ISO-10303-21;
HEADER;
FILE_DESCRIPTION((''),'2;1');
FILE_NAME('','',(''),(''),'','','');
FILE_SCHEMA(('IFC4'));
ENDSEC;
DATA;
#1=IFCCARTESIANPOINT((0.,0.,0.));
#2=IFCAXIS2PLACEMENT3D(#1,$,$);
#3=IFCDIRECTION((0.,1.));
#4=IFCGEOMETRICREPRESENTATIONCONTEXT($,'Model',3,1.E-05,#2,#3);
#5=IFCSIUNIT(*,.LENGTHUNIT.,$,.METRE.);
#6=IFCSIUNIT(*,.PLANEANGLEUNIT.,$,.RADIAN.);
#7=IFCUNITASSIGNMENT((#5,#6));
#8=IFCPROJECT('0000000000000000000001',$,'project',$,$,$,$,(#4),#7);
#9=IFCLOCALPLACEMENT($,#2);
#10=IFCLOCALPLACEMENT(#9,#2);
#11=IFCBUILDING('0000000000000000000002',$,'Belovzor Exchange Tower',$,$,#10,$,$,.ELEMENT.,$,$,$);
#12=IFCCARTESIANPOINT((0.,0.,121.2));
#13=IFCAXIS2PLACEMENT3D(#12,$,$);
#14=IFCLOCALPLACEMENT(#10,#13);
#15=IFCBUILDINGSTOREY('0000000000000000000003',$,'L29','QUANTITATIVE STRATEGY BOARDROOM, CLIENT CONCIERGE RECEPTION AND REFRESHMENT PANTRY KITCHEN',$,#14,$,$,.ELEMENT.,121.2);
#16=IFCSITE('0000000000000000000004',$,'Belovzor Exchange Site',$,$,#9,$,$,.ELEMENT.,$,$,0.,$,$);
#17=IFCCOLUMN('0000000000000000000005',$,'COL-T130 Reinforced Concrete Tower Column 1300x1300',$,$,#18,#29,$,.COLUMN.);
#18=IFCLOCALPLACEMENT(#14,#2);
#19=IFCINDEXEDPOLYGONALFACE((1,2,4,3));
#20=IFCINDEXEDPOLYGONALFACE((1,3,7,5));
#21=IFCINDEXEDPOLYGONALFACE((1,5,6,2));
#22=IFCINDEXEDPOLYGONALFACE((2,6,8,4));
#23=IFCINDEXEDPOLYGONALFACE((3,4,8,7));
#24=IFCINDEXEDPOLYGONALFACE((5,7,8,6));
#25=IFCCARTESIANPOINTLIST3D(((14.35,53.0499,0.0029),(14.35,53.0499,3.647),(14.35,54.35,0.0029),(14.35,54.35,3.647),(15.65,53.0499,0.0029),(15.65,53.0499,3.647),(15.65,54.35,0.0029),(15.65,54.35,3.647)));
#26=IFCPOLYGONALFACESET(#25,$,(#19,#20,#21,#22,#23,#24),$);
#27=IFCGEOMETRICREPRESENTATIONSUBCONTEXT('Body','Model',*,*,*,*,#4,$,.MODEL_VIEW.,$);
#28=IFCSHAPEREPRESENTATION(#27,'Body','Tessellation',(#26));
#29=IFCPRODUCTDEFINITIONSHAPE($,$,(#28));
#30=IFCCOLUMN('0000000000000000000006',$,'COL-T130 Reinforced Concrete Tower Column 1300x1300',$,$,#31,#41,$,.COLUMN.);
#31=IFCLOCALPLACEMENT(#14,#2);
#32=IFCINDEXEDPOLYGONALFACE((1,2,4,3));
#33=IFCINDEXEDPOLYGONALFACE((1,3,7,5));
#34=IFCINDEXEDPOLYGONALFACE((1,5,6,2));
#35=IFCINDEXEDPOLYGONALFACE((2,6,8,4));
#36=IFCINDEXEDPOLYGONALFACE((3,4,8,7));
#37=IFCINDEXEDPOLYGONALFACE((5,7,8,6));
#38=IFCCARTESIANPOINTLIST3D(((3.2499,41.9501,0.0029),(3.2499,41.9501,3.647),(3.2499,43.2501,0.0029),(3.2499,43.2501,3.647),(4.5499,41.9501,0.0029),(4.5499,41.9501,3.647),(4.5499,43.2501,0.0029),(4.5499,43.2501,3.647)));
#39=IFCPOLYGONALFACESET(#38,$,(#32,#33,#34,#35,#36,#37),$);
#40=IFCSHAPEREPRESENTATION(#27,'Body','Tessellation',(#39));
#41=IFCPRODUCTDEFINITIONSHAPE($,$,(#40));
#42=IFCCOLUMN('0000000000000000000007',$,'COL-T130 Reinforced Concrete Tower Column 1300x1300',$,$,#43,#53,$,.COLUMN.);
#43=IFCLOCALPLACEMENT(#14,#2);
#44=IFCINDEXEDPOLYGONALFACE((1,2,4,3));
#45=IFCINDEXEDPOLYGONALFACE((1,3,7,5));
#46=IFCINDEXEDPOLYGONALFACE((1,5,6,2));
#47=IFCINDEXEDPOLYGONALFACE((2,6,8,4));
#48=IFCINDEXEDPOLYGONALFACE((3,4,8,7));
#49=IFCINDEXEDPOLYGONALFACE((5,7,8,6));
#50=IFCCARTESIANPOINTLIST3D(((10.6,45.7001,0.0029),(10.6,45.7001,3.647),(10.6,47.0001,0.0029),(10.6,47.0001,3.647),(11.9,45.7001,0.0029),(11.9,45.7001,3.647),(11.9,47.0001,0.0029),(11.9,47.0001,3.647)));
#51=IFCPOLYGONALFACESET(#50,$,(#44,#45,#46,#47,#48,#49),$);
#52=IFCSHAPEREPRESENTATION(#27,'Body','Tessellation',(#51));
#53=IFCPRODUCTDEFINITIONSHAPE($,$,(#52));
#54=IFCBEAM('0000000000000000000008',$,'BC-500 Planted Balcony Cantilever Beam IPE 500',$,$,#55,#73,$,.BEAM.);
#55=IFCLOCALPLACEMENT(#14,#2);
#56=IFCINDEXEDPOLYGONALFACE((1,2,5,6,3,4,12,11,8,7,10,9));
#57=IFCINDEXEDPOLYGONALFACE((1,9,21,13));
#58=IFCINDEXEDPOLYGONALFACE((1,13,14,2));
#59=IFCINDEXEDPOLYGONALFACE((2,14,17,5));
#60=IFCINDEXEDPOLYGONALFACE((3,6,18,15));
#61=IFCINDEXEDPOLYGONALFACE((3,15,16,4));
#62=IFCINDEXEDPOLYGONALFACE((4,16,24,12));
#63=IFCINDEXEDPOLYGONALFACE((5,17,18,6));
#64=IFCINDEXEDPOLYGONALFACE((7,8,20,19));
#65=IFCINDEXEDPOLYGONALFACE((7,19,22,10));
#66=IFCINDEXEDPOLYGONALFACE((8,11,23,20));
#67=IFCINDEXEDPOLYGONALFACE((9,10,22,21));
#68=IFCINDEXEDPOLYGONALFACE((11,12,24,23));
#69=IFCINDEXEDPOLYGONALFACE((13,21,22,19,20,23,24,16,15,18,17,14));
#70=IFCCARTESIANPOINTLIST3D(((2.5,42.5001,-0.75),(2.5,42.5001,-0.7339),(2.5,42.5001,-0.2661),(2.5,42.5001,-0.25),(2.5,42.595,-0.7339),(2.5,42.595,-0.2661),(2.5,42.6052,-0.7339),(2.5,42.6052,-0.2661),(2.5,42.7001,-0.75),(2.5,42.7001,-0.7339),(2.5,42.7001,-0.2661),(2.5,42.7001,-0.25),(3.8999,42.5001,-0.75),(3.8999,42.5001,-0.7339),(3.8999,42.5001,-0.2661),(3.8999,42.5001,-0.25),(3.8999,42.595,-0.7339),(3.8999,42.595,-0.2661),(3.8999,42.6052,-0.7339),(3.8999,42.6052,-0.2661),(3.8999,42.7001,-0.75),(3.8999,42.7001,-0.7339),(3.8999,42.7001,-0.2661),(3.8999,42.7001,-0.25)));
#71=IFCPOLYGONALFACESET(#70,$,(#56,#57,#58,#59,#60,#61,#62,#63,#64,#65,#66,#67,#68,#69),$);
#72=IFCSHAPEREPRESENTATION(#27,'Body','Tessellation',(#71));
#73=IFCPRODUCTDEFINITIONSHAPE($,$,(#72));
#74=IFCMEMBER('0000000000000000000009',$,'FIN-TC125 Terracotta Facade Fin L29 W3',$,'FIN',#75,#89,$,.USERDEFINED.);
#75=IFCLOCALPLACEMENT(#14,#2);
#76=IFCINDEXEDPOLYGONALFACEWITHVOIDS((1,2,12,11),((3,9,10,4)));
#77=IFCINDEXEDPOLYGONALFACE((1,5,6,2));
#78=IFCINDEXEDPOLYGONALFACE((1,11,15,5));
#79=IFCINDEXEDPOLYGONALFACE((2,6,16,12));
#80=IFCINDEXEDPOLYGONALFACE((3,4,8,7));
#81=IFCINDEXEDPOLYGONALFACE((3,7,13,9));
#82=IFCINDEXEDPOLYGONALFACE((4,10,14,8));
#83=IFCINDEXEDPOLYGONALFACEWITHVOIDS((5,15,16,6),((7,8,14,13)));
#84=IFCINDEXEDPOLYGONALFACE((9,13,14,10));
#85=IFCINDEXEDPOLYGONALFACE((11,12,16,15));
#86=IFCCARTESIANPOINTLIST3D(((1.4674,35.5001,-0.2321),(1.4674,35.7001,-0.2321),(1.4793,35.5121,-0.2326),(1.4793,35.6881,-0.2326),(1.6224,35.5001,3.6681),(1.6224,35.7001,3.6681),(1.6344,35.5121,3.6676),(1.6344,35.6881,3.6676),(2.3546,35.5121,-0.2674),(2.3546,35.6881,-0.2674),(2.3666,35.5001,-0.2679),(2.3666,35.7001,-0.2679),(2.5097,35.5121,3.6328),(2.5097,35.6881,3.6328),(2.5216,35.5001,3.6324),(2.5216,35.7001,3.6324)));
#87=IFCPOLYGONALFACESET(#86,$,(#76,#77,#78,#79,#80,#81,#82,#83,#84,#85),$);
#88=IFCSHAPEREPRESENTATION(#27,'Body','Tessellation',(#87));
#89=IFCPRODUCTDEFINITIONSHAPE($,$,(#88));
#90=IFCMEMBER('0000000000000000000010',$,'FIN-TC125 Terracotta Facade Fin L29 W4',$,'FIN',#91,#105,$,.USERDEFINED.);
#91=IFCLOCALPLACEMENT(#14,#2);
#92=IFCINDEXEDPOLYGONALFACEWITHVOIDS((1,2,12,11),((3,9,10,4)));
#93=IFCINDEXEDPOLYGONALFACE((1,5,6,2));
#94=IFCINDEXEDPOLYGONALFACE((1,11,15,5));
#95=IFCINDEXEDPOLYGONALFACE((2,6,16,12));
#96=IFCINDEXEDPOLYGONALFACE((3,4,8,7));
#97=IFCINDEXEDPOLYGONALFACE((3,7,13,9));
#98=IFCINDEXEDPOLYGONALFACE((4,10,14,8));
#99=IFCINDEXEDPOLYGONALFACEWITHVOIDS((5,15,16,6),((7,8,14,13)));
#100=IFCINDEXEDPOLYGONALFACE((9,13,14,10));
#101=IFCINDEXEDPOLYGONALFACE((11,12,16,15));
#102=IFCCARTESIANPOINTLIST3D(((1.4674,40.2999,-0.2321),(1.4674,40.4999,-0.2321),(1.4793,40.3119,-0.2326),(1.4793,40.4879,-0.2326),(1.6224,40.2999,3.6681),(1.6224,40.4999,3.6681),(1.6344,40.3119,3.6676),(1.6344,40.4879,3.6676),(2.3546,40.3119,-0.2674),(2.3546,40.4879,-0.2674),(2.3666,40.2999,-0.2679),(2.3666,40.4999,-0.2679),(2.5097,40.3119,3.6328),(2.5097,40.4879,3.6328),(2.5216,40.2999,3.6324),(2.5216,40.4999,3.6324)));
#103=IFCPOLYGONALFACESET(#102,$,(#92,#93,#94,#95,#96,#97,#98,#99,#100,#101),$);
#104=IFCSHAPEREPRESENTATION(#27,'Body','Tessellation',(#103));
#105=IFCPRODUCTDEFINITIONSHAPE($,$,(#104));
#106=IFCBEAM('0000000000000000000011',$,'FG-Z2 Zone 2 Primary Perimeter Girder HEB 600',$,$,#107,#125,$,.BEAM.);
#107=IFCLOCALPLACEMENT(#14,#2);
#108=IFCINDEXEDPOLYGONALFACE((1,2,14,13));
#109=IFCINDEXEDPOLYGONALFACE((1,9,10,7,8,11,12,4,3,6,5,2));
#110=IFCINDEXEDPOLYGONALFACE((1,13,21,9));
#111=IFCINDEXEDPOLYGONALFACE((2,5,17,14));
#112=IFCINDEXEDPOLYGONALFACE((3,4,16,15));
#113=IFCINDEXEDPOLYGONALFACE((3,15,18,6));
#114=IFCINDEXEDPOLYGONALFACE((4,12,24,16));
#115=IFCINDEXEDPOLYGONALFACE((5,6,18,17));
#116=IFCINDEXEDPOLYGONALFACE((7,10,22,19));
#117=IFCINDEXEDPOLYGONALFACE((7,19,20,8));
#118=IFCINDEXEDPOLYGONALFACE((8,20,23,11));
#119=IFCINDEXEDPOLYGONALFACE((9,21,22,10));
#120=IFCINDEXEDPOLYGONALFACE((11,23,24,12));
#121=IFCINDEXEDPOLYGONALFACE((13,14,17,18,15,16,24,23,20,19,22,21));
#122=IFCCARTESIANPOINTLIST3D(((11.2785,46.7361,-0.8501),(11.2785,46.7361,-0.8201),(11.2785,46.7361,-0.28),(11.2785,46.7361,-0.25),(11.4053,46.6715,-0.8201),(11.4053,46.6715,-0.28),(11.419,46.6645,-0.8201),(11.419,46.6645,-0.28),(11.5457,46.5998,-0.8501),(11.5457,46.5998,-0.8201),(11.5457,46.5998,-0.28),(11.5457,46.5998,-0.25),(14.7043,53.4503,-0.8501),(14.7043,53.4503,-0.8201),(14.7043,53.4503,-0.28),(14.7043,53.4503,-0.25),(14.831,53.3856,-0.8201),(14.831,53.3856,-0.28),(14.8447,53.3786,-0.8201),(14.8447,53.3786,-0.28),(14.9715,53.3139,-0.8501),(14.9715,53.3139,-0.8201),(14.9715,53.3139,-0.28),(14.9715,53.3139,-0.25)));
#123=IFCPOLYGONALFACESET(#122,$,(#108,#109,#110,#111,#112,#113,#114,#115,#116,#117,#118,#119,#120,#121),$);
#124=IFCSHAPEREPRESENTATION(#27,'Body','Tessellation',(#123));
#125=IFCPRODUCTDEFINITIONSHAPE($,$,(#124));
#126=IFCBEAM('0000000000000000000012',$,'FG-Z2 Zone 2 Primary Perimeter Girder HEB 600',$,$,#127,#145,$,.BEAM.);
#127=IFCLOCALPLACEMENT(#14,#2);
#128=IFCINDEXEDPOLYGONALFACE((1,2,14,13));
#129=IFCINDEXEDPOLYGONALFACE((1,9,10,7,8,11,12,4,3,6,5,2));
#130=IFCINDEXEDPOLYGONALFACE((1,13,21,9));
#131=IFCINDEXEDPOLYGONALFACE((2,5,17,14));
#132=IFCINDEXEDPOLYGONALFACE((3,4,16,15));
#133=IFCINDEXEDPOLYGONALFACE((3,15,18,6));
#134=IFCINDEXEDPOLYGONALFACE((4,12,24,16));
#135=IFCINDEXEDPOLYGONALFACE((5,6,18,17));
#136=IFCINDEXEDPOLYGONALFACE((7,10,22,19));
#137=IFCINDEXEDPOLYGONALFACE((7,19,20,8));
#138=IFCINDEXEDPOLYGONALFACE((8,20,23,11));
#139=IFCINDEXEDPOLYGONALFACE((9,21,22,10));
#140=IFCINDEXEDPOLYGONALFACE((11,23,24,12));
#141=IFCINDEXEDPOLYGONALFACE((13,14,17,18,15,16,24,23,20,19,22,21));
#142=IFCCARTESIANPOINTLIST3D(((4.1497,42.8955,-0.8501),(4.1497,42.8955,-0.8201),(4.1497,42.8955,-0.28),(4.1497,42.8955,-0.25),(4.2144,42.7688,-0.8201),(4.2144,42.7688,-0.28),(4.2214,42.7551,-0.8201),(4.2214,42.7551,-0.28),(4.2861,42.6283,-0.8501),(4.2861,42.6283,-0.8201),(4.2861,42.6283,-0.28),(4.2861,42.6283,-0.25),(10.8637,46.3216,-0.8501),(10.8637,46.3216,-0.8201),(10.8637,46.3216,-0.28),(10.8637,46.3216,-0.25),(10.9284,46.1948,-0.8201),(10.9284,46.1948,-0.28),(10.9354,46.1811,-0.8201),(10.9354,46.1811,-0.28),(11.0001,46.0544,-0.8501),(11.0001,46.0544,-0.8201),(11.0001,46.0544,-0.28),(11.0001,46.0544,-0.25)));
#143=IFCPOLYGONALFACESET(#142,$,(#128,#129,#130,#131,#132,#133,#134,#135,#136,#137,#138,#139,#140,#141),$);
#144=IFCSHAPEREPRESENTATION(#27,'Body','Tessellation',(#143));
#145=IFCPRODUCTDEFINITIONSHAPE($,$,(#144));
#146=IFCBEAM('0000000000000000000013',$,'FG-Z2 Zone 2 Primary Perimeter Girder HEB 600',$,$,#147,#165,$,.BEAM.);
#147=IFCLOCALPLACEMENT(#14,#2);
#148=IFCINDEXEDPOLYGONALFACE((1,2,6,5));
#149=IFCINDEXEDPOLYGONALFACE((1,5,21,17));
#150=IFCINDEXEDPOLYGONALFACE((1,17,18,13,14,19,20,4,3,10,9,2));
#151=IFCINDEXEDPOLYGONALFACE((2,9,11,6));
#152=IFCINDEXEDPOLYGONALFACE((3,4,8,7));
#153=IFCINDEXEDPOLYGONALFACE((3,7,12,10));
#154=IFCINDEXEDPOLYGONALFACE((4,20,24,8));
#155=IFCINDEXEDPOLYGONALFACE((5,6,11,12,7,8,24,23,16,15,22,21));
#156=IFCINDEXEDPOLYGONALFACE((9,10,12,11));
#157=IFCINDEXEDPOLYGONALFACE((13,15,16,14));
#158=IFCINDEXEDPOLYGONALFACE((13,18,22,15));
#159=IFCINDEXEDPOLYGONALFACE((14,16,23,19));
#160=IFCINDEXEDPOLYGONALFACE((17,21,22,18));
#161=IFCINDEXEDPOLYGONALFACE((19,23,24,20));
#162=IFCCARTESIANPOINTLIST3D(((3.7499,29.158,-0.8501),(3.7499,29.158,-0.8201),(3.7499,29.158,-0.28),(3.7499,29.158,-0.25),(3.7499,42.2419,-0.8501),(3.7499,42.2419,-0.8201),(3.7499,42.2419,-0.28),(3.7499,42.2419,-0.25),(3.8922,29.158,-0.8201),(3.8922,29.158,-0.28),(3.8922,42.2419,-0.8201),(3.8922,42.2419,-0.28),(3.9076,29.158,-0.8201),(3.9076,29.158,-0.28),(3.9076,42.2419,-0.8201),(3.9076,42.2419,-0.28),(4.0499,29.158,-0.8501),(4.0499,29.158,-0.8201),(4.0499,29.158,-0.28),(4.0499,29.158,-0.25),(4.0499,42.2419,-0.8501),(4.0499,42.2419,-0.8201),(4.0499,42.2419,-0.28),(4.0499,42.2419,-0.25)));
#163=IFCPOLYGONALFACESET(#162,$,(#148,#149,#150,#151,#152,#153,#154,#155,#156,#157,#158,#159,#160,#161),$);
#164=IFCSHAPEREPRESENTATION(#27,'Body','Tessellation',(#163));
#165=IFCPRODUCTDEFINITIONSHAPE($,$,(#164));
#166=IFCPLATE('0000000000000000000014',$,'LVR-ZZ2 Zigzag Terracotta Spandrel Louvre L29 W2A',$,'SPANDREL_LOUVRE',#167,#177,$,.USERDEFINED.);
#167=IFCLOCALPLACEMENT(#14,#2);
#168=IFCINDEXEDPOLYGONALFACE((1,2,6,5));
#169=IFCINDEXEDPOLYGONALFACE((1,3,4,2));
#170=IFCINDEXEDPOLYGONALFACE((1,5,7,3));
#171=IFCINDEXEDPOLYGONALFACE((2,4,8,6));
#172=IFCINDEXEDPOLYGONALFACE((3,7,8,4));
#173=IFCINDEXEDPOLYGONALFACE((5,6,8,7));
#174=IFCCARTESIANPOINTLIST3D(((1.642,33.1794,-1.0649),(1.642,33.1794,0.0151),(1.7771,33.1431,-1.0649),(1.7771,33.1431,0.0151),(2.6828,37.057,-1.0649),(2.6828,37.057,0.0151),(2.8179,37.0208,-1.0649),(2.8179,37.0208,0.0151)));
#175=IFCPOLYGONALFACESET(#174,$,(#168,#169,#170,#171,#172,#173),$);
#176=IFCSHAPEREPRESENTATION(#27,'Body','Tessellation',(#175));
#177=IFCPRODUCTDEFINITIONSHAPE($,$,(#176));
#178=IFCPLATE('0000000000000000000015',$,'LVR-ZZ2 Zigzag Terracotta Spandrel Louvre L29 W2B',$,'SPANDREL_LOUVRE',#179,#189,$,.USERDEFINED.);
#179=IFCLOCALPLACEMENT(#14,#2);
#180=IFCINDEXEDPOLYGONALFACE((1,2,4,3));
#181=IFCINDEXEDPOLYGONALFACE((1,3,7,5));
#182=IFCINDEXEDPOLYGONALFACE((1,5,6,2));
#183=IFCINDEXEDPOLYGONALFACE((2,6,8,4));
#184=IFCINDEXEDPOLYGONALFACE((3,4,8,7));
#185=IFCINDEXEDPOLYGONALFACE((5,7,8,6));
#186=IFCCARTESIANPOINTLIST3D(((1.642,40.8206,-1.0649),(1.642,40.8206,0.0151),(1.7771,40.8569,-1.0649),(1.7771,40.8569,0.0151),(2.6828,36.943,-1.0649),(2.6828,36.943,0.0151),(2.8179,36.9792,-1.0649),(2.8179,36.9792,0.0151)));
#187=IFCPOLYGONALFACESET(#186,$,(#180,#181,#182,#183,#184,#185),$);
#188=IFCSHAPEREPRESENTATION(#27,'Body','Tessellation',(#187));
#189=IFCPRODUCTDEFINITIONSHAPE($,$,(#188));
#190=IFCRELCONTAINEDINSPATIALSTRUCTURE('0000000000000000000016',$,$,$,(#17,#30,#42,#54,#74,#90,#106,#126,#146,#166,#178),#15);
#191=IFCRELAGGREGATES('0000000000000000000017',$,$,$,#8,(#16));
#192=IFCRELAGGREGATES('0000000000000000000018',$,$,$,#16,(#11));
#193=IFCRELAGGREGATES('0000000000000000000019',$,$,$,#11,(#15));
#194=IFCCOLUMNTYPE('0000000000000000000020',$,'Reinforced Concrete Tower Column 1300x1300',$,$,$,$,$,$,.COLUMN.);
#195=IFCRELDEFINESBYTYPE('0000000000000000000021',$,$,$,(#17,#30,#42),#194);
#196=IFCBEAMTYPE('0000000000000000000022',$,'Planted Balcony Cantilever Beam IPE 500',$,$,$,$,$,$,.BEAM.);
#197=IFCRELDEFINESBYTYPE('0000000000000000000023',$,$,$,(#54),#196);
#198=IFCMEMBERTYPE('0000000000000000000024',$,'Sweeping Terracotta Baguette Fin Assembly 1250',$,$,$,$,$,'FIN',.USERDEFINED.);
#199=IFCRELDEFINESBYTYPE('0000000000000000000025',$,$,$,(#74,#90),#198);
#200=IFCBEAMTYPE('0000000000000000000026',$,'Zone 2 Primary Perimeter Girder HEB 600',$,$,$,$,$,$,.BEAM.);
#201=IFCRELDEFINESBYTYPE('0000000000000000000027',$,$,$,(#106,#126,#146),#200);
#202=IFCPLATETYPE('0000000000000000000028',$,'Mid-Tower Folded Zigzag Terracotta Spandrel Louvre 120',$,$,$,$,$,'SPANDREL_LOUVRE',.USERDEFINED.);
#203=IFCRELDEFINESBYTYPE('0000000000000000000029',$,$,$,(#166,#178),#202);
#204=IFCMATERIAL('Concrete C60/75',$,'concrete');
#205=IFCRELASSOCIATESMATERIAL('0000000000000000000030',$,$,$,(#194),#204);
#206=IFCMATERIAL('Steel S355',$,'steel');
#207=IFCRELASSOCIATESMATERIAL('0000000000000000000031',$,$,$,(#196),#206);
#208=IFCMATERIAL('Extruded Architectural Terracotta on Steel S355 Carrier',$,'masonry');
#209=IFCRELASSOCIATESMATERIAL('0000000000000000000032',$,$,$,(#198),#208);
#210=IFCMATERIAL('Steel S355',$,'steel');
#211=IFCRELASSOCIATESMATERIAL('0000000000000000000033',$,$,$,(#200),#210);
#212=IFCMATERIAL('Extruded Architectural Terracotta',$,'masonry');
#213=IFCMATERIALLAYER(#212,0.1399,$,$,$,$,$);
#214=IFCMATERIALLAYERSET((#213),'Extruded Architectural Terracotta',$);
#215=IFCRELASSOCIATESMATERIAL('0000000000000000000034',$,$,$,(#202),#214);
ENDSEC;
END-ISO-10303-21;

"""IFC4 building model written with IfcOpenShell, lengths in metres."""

from ifc_helpers import new_model, si_unit, direction, frame, origin, origin_2d, place, context, subcontext, project, spatial, rectangle, hollow_rectangle, i_section, extrude, material, layer, layer_set, material_profile, profile_set, type_object, element, save


model = new_model("IFC4")

# Units and contexts
model_context = context("Model", 3, precision=1e-05, world=origin(), true_north=direction((0.0, 1.0)))
body_context = subcontext(model_context, "Body", "Model", "MODEL_VIEW")
ifc_project = project(units=[si_unit("LENGTHUNIT", "METRE"), si_unit("PLANEANGLEUNIT", "RADIAN")], contexts=[model_context])

# Site, building, storey
site_placement = place(None, origin())
site = spatial("IfcSite", under=ifc_project, at=site_placement, Name="Belovzor Exchange Site", CompositionType="ELEMENT", RefElevation=0.0)
building_placement = place(site_placement, origin())
building = spatial("IfcBuilding", under=site, at=building_placement, Name="Belovzor Exchange Tower", CompositionType="ELEMENT")
storey_placement = place(building_placement, frame((0.0, 0.0, 121.2)))
storey = spatial("IfcBuildingStorey", under=building, at=storey_placement, Name="L29", Description="QUANTITATIVE STRATEGY BOARDROOM, CLIENT CONCIERGE RECEPTION AND REFRESHMENT PANTRY KITCHEN", CompositionType="ELEMENT", Elevation=121.2)

# Columns
ifc_material_1 = material(Name="Concrete C60/75", Category="concrete")
ifc_material_profile_1 = material_profile(ifc_material_1, rectangle(XDim=1.3, YDim=1.3, at=origin_2d()))
ifc_profile_set_1 = profile_set([ifc_material_profile_1], Name="Concrete C60/75")
column_type = type_object("IfcColumnType", Name="Reinforced Concrete Tower Column 1300x1300", PredefinedType="COLUMN", material=ifc_profile_set_1)
for number, where, z_axis, x_axis, name in (
    (1, (15.0, 53.7, 0.0029), (0.0, 0.0, 1.0), (1.0, 0.0, 0.0), "COL-T130 Reinforced Concrete Tower Column 1300x1300"),
    (2, (3.8999, 42.6001, 0.0029), (0.0, 0.0, 1.0), (1.0, 0.0, 0.0), "COL-T130 Reinforced Concrete Tower Column 1300x1300"),
    (3, (11.25, 46.3501, 0.0029), (0.0, 0.0, 1.0), (1.0, 0.0, 0.0), "COL-T130 Reinforced Concrete Tower Column 1300x1300"),
):
    element("IfcColumn", number, at=place(storey_placement, frame(where, z_axis=z_axis, x_axis=x_axis)), inside=storey, type_object=column_type, Name=name, PredefinedType="COLUMN", context=body_context, shape_type="SweptSolid", body=[
        extrude(rectangle(XDim=1.3, YDim=1.3, at=origin_2d()), origin(), (0.0, 0.0, 1.0), 3.644),
    ])

# Beam
ifc_material_2 = material(Name="Steel S355", Category="steel")
ifc_material_profile_2 = material_profile(ifc_material_2, i_section(OverallWidth=0.2, OverallDepth=0.5, WebThickness=0.0103, FlangeThickness=0.0161, at=origin_2d()))
ifc_profile_set_2 = profile_set([ifc_material_profile_2], Name="Steel S355")
beam_type_1 = type_object("IfcBeamType", Name="Planted Balcony Cantilever Beam IPE 500", PredefinedType="BEAM", material=ifc_profile_set_2)
beam_1_placement = place(storey_placement, frame((3.8999, 42.6001, -0.5), z_axis=(-1.0, 0.0, 0.0), x_axis=(0.0, -1.0, 0.0)))
element("IfcBeam", 4, at=beam_1_placement, inside=storey, type_object=beam_type_1, Name="BC-500 Planted Balcony Cantilever Beam IPE 500", PredefinedType="BEAM", context=body_context, shape_type="SweptSolid", body=[
    extrude(i_section(OverallWidth=0.2, OverallDepth=0.5, WebThickness=0.0103, FlangeThickness=0.0161, at=origin_2d()), origin(), (0.0, 0.0, 1.0), 1.3999),
])

# Members
ifc_material_3 = material(Name="Extruded Architectural Terracotta on Steel S355 Carrier", Category="masonry")
ifc_material_profile_3 = material_profile(ifc_material_3, hollow_rectangle(XDim=0.2, YDim=0.8999, WallThickness=0.012, at=origin_2d()))
ifc_profile_set_3 = profile_set([ifc_material_profile_3], Name="Extruded Architectural Terracotta on Steel S355 Carrier")
member_type = type_object("IfcMemberType", Name="Sweeping Terracotta Baguette Fin Assembly 1250", ElementType="FIN", PredefinedType="USERDEFINED", material=ifc_profile_set_3)
for number, where, z_axis, x_axis, name in (
    (5, (1.917, 35.6001, -0.25), (0.039718, 0.0, 0.999211), (0.0, 1.0, 0.0), "FIN-TC125 Terracotta Facade Fin L29 W3"),
    (6, (1.917, 40.3999, -0.25), (0.039718, 0.0, 0.999211), (0.0, 1.0, 0.0), "FIN-TC125 Terracotta Facade Fin L29 W4"),
):
    element("IfcMember", number, at=place(storey_placement, frame(where, z_axis=z_axis, x_axis=x_axis)), inside=storey, type_object=member_type, Name=name, ObjectType="FIN", PredefinedType="USERDEFINED", context=body_context, shape_type="SweptSolid", body=[
        extrude(hollow_rectangle(XDim=0.2, YDim=0.8999, WallThickness=0.012, at=origin_2d()), origin(), (0.0, 0.0, 1.0), 3.9033),
    ])

# Beams
ifc_material_4 = material(Name="Steel S355", Category="steel")
ifc_material_profile_4 = material_profile(ifc_material_4, i_section(OverallWidth=0.3, OverallDepth=0.6001, WebThickness=0.0154, FlangeThickness=0.03, at=origin_2d()))
ifc_profile_set_4 = profile_set([ifc_material_profile_4], Name="Steel S355")
beam_type_2 = type_object("IfcBeamType", Name="Zone 2 Primary Perimeter Girder HEB 600", PredefinedType="BEAM", material=ifc_profile_set_4)
for number, where, z_axis, x_axis, name in (
    (7, (14.8379, 53.3821, -0.55), (-0.454493, -0.89075, 0.0), (0.89075, -0.454493, 0.0), "FG-Z2 Zone 2 Primary Perimeter Girder HEB 600"),
    (8, (10.9319, 46.188, -0.55), (-0.890731, -0.454532, 0.0), (0.454532, -0.890731, 0.0), "FG-Z2 Zone 2 Primary Perimeter Girder HEB 600"),
):
    element("IfcBeam", number, at=place(storey_placement, frame(where, z_axis=z_axis, x_axis=x_axis)), inside=storey, type_object=beam_type_2, Name=name, PredefinedType="BEAM", context=body_context, shape_type="SweptSolid", body=[
        extrude(i_section(OverallWidth=0.3, OverallDepth=0.6001, WebThickness=0.0154, FlangeThickness=0.03, at=origin_2d()), origin(), (0.0, 0.0, 1.0), 7.5376),
    ])
beam_2_placement = place(storey_placement, frame((3.8999, 42.2419, -0.55), z_axis=(0.0, -1.0, 0.0), x_axis=(1.0, 0.0, 0.0)))
element("IfcBeam", 9, at=beam_2_placement, inside=storey, type_object=beam_type_2, Name="FG-Z2 Zone 2 Primary Perimeter Girder HEB 600", PredefinedType="BEAM", context=body_context, shape_type="SweptSolid", body=[
    extrude(i_section(OverallWidth=0.3, OverallDepth=0.6001, WebThickness=0.0154, FlangeThickness=0.03, at=origin_2d()), origin(), (0.0, 0.0, 1.0), 13.084),
])

# Plates
ifc_material_5 = material(Name="Extruded Architectural Terracotta", Category="masonry")
ifc_layer_1 = layer(ifc_material_5, 0.1399)
ifc_layer_set_1 = layer_set([ifc_layer_1], Name="Extruded Architectural Terracotta")
plate_type = type_object("IfcPlateType", Name="Mid-Tower Folded Zigzag Terracotta Spandrel Louvre 120", ElementType="SPANDREL_LOUVRE", PredefinedType="USERDEFINED", material=ifc_layer_set_1)
for number, where, z_axis, x_axis, name in (
    (10, (2.23, 35.1001, -1.0649), (0.0, 0.0, 1.0), (0.25924, 0.965813, 0.0), "LVR-ZZ2 Zigzag Terracotta Spandrel Louvre L29 W2A"),
    (11, (2.23, 38.8999, -1.0649), (0.0, 0.0, 1.0), (-0.25924, 0.965813, 0.0), "LVR-ZZ2 Zigzag Terracotta Spandrel Louvre L29 W2B"),
):
    element("IfcPlate", number, at=place(storey_placement, frame(where, z_axis=z_axis, x_axis=x_axis)), inside=storey, type_object=plate_type, Name=name, ObjectType="SPANDREL_LOUVRE", PredefinedType="USERDEFINED", context=body_context, shape_type="SweptSolid", body=[
        extrude(rectangle(XDim=4.0149, YDim=0.1399, at=origin_2d()), origin(), (0.0, 0.0, 1.0), 1.0801),
    ])

save(model, "model.ifc")
